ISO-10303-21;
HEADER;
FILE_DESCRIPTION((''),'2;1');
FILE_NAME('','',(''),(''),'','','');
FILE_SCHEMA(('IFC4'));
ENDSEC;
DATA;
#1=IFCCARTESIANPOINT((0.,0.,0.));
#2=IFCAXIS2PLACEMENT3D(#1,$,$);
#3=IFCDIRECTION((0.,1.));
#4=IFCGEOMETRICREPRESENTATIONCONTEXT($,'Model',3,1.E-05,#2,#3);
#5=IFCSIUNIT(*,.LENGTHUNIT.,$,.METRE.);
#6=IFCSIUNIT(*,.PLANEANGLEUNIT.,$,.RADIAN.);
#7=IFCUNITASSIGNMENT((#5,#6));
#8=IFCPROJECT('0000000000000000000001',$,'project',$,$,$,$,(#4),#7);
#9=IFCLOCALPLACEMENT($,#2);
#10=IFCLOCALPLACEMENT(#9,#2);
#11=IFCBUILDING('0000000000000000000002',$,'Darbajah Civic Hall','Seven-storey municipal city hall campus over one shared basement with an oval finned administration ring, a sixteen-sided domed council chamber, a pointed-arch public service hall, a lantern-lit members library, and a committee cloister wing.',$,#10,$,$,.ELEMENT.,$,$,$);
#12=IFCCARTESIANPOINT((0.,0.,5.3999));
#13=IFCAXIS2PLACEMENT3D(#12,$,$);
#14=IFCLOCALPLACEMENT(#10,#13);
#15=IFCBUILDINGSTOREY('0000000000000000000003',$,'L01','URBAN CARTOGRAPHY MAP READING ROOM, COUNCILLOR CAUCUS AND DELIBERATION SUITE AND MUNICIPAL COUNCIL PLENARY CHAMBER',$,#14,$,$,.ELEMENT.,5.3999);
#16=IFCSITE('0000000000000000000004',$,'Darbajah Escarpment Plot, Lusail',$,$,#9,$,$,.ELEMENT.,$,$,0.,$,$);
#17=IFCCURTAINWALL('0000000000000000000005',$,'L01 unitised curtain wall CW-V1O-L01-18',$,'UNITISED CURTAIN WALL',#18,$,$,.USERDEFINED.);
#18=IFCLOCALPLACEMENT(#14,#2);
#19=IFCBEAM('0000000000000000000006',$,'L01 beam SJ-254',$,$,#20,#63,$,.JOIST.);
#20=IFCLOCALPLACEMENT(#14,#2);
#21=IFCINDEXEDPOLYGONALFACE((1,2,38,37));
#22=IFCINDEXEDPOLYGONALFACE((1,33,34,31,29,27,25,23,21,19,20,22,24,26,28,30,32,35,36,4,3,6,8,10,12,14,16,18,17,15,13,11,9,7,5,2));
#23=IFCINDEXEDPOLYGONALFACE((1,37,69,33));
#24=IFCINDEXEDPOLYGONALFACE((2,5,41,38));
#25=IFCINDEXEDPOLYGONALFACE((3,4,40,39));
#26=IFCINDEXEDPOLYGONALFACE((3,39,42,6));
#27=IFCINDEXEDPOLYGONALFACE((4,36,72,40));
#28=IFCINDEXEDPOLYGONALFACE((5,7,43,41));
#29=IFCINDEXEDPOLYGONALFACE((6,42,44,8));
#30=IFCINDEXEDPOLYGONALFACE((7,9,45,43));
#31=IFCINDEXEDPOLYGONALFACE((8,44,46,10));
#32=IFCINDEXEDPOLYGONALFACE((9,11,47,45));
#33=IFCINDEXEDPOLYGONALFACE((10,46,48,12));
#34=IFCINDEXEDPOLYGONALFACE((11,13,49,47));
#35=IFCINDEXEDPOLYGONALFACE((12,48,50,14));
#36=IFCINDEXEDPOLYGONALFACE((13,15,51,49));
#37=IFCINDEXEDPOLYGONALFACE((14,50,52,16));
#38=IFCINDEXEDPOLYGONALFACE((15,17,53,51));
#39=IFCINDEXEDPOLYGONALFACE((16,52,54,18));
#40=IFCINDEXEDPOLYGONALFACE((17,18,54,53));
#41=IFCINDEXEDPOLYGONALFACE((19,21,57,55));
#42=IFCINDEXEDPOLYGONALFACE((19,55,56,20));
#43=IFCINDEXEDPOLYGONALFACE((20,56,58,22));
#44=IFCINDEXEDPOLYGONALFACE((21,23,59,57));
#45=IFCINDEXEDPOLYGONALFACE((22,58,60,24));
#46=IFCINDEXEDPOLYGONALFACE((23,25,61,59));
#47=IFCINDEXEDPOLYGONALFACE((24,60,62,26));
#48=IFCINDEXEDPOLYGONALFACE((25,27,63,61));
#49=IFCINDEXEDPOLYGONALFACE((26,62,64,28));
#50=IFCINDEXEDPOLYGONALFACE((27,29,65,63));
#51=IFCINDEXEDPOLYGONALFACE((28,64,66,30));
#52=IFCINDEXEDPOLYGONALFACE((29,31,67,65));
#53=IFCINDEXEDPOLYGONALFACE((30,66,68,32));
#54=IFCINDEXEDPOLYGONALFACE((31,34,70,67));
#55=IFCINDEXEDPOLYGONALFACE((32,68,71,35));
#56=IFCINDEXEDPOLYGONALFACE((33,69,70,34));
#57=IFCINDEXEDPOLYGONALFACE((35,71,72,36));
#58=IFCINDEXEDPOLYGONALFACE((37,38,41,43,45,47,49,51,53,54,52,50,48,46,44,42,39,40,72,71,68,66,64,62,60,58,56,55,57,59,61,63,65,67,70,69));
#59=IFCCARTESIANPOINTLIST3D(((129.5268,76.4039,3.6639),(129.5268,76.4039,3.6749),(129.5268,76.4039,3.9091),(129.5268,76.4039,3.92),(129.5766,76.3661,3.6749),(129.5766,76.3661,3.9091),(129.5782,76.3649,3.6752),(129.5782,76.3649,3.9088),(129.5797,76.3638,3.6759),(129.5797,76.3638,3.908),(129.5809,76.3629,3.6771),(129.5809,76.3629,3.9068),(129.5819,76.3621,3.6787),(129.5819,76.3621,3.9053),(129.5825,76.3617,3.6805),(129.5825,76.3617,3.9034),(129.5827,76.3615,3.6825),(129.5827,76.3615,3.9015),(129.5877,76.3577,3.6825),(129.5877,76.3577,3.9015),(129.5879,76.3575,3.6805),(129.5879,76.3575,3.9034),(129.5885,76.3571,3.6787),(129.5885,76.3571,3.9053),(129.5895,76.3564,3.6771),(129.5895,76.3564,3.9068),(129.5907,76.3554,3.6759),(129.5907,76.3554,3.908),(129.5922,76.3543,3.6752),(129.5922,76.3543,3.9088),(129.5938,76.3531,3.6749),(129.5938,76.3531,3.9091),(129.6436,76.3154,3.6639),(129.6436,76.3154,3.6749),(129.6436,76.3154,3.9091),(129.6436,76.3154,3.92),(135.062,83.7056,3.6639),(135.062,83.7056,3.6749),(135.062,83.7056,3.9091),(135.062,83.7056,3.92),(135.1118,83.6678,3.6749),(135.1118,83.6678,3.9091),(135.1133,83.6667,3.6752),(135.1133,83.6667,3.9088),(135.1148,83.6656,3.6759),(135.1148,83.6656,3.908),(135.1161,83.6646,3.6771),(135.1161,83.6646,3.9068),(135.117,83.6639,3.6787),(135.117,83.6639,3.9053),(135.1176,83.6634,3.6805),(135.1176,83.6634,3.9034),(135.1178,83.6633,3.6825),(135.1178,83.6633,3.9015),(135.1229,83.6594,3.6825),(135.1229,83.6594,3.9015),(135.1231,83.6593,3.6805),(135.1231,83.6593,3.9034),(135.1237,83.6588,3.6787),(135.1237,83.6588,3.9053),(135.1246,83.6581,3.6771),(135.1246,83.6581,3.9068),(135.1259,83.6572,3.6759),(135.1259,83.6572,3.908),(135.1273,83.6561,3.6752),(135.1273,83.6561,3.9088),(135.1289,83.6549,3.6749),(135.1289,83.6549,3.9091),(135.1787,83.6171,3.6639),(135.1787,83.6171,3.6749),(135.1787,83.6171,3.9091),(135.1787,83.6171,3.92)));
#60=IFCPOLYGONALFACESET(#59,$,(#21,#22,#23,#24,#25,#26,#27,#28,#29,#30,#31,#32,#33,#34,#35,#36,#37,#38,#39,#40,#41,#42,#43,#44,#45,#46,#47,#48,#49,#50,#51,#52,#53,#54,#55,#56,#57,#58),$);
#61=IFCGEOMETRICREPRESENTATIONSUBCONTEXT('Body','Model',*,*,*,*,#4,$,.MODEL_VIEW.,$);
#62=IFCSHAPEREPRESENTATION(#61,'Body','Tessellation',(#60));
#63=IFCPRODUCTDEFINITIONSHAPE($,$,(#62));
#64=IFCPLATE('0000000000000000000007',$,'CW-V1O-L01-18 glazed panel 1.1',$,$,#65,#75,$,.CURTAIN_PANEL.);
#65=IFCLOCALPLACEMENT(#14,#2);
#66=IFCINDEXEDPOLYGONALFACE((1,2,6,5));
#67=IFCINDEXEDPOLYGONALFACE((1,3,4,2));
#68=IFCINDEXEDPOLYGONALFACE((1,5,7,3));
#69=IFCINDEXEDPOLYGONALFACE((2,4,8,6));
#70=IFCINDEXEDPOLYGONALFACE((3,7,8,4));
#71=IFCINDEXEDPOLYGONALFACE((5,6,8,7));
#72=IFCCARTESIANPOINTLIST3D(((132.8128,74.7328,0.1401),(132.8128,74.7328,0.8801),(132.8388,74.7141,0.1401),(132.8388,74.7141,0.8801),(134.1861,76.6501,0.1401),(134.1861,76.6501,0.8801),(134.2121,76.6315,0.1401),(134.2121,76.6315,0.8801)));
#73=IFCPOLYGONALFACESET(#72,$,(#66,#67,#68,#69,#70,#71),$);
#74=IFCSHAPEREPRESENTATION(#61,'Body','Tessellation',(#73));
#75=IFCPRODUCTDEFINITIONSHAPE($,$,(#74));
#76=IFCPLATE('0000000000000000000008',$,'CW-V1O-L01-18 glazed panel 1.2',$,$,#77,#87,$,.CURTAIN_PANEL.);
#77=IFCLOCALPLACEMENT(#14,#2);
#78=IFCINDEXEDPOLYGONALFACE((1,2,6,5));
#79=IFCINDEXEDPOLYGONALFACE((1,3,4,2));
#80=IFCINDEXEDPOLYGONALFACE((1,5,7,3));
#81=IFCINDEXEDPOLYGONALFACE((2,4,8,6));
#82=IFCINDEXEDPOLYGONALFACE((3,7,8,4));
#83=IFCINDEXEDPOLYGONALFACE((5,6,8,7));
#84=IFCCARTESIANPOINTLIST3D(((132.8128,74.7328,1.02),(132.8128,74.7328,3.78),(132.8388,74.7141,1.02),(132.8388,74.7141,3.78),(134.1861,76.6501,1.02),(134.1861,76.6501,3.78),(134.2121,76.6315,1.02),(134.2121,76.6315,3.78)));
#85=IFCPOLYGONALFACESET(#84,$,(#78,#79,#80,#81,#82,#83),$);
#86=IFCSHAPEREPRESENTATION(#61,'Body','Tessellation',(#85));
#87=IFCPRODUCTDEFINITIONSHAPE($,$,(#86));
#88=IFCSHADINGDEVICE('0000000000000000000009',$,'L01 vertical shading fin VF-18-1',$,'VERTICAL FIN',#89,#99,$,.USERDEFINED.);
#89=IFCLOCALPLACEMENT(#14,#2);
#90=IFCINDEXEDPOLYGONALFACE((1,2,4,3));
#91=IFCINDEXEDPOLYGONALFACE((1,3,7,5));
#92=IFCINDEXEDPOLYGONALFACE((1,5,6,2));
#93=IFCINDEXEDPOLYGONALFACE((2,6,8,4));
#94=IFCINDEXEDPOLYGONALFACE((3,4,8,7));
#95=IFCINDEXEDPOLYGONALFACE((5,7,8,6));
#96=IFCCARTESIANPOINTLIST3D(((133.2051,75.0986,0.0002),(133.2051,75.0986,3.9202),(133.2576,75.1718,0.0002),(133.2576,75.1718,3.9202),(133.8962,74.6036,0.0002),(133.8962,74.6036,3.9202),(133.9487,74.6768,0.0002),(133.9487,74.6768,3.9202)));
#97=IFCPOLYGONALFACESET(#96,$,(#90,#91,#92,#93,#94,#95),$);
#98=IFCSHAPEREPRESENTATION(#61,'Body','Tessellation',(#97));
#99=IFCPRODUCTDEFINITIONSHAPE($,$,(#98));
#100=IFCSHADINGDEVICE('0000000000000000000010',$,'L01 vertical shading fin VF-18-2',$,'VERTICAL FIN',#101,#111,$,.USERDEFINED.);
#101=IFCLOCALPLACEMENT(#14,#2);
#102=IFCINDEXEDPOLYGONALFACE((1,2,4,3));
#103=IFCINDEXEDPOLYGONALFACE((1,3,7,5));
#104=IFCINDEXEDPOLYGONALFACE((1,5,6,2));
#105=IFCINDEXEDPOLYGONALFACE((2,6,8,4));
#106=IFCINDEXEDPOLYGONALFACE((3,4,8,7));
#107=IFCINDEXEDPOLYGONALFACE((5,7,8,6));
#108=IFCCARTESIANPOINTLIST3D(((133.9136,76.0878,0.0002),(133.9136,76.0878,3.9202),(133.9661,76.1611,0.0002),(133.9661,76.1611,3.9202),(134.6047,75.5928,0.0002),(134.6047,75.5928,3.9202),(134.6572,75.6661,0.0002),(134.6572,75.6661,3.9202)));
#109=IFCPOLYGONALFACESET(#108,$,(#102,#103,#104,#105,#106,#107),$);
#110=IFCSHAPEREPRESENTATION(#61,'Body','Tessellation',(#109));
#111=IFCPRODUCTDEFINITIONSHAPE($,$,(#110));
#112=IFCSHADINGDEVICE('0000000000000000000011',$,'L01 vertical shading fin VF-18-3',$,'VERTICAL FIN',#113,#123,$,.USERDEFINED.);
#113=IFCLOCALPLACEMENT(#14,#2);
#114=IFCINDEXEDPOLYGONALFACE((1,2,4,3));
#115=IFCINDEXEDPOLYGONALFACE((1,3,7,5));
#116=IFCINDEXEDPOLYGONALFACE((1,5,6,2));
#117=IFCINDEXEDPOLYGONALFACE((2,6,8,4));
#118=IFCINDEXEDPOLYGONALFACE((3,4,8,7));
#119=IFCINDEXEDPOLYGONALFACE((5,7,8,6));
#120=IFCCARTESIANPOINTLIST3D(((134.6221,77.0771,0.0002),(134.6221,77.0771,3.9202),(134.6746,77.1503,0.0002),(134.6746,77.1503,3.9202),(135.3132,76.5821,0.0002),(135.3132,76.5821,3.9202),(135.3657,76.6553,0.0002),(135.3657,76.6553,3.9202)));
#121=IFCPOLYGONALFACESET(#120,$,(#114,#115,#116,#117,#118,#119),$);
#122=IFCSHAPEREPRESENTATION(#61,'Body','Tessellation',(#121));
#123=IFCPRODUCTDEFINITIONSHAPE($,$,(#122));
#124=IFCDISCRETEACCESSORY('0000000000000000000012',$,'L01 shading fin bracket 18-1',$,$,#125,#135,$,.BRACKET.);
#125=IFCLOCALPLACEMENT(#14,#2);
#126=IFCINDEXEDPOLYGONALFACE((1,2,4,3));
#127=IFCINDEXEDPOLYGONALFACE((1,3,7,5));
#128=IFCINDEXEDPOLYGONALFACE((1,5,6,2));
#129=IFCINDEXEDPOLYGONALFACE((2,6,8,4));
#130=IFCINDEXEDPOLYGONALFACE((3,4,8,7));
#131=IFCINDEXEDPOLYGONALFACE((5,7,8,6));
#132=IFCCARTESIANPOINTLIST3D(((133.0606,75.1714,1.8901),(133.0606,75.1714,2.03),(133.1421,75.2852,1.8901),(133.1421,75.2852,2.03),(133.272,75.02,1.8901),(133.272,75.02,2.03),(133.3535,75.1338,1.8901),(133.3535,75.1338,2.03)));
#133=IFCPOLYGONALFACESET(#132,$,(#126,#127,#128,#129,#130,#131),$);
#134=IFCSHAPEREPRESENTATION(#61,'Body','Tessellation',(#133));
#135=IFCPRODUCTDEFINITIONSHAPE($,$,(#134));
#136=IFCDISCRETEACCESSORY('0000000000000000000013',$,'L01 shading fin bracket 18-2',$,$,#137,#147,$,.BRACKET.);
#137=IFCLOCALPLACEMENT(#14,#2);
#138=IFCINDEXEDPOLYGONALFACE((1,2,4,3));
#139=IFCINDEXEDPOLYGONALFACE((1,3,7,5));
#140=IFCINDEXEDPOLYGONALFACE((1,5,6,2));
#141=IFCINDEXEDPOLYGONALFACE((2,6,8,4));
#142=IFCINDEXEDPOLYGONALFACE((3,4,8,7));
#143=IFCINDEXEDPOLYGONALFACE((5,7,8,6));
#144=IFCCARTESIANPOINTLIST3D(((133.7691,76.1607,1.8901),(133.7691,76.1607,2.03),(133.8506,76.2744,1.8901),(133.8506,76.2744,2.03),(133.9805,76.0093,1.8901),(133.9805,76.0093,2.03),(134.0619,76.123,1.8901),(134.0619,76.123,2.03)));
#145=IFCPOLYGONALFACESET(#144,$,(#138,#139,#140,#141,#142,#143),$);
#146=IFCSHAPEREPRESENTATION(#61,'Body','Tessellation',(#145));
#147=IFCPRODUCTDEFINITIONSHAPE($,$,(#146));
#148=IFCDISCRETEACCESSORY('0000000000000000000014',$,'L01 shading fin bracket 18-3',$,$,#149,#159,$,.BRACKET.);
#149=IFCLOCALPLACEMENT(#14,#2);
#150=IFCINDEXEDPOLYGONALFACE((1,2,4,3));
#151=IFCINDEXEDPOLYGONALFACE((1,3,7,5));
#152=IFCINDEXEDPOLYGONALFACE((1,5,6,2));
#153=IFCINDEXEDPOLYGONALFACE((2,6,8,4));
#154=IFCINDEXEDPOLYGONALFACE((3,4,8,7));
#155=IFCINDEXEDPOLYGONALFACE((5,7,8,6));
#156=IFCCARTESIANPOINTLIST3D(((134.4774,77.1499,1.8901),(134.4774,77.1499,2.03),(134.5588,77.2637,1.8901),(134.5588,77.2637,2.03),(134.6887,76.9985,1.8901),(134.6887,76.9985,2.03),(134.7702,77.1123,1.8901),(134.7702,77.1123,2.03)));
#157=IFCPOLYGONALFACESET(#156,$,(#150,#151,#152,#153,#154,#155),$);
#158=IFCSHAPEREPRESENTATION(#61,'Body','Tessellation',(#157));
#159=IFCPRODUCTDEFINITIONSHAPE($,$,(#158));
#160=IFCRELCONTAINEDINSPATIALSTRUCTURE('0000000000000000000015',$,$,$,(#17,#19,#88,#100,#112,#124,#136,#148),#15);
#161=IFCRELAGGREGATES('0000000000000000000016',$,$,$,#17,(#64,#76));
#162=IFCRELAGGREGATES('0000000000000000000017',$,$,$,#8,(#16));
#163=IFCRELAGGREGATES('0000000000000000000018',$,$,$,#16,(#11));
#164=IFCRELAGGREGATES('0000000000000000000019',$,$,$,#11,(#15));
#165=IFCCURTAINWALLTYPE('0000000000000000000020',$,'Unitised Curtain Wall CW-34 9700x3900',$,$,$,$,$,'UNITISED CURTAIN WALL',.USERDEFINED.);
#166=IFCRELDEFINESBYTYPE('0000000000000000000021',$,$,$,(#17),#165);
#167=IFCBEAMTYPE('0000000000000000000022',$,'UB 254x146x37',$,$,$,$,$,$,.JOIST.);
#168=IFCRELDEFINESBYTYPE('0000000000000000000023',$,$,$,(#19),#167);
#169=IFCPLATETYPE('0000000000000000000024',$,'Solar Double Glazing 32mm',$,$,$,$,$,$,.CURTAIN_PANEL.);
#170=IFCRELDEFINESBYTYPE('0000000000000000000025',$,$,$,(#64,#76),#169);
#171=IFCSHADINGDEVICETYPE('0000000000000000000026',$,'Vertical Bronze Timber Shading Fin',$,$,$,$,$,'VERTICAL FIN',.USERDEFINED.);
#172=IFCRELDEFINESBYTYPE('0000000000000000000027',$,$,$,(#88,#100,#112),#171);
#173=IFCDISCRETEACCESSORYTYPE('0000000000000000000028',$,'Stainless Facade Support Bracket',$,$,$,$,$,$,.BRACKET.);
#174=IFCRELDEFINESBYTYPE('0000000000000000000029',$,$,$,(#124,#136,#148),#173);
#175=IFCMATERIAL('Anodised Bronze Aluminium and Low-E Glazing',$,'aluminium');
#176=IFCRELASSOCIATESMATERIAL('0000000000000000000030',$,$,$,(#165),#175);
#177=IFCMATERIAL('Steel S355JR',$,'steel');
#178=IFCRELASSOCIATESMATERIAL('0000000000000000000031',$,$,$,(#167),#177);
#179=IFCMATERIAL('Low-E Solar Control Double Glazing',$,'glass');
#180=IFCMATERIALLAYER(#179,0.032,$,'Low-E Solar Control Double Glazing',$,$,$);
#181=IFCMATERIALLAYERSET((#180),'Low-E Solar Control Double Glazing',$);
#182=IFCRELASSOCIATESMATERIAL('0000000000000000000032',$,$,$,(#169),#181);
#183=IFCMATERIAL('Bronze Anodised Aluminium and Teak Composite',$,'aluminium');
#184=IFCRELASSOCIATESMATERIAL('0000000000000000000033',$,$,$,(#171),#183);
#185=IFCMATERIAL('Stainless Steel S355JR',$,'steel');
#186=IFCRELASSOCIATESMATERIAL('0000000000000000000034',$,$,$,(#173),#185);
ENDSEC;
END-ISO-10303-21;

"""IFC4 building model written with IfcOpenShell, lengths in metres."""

from ifc_helpers import new_model, si_unit, direction, frame, origin, origin_2d, place, context, subcontext, project, spatial, rectangle, i_section, extrude, material, layer, layer_set, material_profile, profile_set, type_object, element, aggregate, save


model = new_model("IFC4")

# Units and contexts
model_context = context("Model", 3, precision=1e-05, world=origin(), true_north=direction((0.0, 1.0)))
body_context = subcontext(model_context, "Body", "Model", "MODEL_VIEW")
ifc_project = project(units=[si_unit("LENGTHUNIT", "METRE"), si_unit("PLANEANGLEUNIT", "RADIAN")], contexts=[model_context])

# Site, building, storey
site_placement = place(None, origin())
site = spatial("IfcSite", under=ifc_project, at=site_placement, Name="Darbajah Escarpment Plot, Lusail", CompositionType="ELEMENT", RefElevation=0.0)
building_placement = place(site_placement, origin())
building = spatial("IfcBuilding", under=site, at=building_placement, Name="Darbajah Civic Hall", Description="Seven-storey municipal city hall campus over one shared basement with an oval finned administration ring, a sixteen-sided domed council chamber, a pointed-arch public service hall, a lantern-lit members library, and a committee cloister wing.", CompositionType="ELEMENT")
storey_placement = place(building_placement, frame((0.0, 0.0, 5.3999)))
storey = spatial("IfcBuildingStorey", under=building, at=storey_placement, Name="L01", Description="URBAN CARTOGRAPHY MAP READING ROOM, COUNCILLOR CAUCUS AND DELIBERATION SUITE AND MUNICIPAL COUNCIL PLENARY CHAMBER", CompositionType="ELEMENT", Elevation=5.3999)

# Curtain wall
ifc_material_1 = material(Name="Anodised Bronze Aluminium and Low-E Glazing", Category="aluminium")
curtain_wall_type = type_object("IfcCurtainWallType", Name="Unitised Curtain Wall CW-34 9700x3900", ElementType="UNITISED CURTAIN WALL", PredefinedType="USERDEFINED", material=ifc_material_1)
curtain_wall_placement = place(storey_placement, origin())
curtain_wall = element("IfcCurtainWall", 1, at=curtain_wall_placement, inside=storey, type_object=curtain_wall_type, Name="L01 unitised curtain wall CW-V1O-L01-18", ObjectType="UNITISED CURTAIN WALL", PredefinedType="USERDEFINED")

# Beam
ifc_material_2 = material(Name="Steel S355JR", Category="steel")
ifc_material_profile_1 = material_profile(ifc_material_2, i_section(OverallWidth=0.1465, OverallDepth=0.2561, WebThickness=0.0063, FlangeThickness=0.011, FilletRadius=0.0076, at=origin_2d()), Name="UB 254x146x37")
ifc_profile_set_1 = profile_set([ifc_material_profile_1], Name="Steel S355JR")
beam_type_1 = type_object("IfcBeamType", Name="UB 254x146x37", PredefinedType="JOIST", material=ifc_profile_set_1)
beam_1_placement = place(storey_placement, frame((129.5852, 76.3596, 3.792), z_axis=(0.604102, 0.796907, 0.0), x_axis=(-0.796907, 0.604102, 0.0)))
element("IfcBeam", 2, at=beam_1_placement, inside=storey, type_object=beam_type_1, Name="L01 beam SJ-254", PredefinedType="JOIST", context=body_context, shape_type="SweptSolid", body=[
    extrude(i_section(OverallWidth=0.1465, OverallDepth=0.2561, WebThickness=0.0063, FlangeThickness=0.011, FilletRadius=0.0076, at=origin_2d()), origin(), (0.0, 0.0, 1.0), 9.1626),
])

# Plates
ifc_material_3 = material(Name="Low-E Solar Control Double Glazing", Category="glass")
ifc_layer = layer(ifc_material_3, 0.032, Name="Low-E Solar Control Double Glazing")
ifc_layer_set = layer_set([ifc_layer], Name="Low-E Solar Control Double Glazing")
plate_type = type_object("IfcPlateType", Name="Solar Double Glazing 32mm", PredefinedType="CURTAIN_PANEL", material=ifc_layer_set)
plate_1_placement = place(storey_placement, frame((133.5125, 75.6821, 0.1401), z_axis=(0.0, 0.0, 1.0), x_axis=(0.582265, 0.812999, 0.0)))
plate_1 = element("IfcPlate", 3, at=plate_1_placement, type_object=plate_type, Name="CW-V1O-L01-18 glazed panel 1.1", PredefinedType="CURTAIN_PANEL", context=body_context, shape_type="SweptSolid", body=[
    extrude(rectangle(XDim=2.3584, YDim=0.032, at=origin_2d()), origin(), (0.0, 0.0, 1.0), 0.74),
])
plate_2_placement = place(storey_placement, frame((133.5125, 75.6821, 1.02), z_axis=(0.0, 0.0, 1.0), x_axis=(0.582265, 0.812999, 0.0)))
plate_2 = element("IfcPlate", 4, at=plate_2_placement, type_object=plate_type, Name="CW-V1O-L01-18 glazed panel 1.2", PredefinedType="CURTAIN_PANEL", context=body_context, shape_type="SweptSolid", body=[
    extrude(rectangle(XDim=2.3584, YDim=0.032, at=origin_2d()), origin(), (0.0, 0.0, 1.0), 2.76),
])
aggregate(curtain_wall, [plate_1, plate_2])

# Shading devices
ifc_material_4 = material(Name="Bronze Anodised Aluminium and Teak Composite", Category="aluminium")
shading_device_type = type_object("IfcShadingDeviceType", Name="Vertical Bronze Timber Shading Fin", ElementType="VERTICAL FIN", PredefinedType="USERDEFINED", material=ifc_material_4)
for number, where, z_axis, x_axis, name in (
    (5, (133.5769, 74.8877, 0.0002), (0.0, 0.0, 1.0), (0.812999, -0.582265, 0.0), "L01 vertical shading fin VF-18-1"),
    (6, (134.2854, 75.877, 0.0002), (0.0, 0.0, 1.0), (0.812999, -0.582265, 0.0), "L01 vertical shading fin VF-18-2"),
    (7, (134.9939, 76.8662, 0.0002), (0.0, 0.0, 1.0), (0.812999, -0.582265, 0.0), "L01 vertical shading fin VF-18-3"),
):
    element("IfcShadingDevice", number, at=place(storey_placement, frame(where, z_axis=z_axis, x_axis=x_axis)), inside=storey, type_object=shading_device_type, Name=name, ObjectType="VERTICAL FIN", PredefinedType="USERDEFINED", context=body_context, shape_type="SweptSolid", body=[
        extrude(rectangle(XDim=0.8501, YDim=0.0901, at=origin_2d()), origin(), (0.0, 0.0, 1.0), 3.9199),
    ])

# Discrete accessories
ifc_material_5 = material(Name="Stainless Steel S355JR", Category="steel")
discrete_accessory_type = type_object("IfcDiscreteAccessoryType", Name="Stainless Facade Support Bracket", PredefinedType="BRACKET", material=ifc_material_5)
for number, where, z_axis, x_axis, name in (
    (8, (133.207, 75.1526, 1.8901), (0.0, 0.0, 1.0), (0.812999, -0.582265, 0.0), "L01 shading fin bracket 18-1"),
    (9, (133.9155, 76.1418, 1.8901), (0.0, 0.0, 1.0), (0.812999, -0.582265, 0.0), "L01 shading fin bracket 18-2"),
    (10, (134.6238, 77.1311, 1.8901), (0.0, 0.0, 1.0), (0.812999, -0.582265, 0.0), "L01 shading fin bracket 18-3"),
):
    element("IfcDiscreteAccessory", number, at=place(storey_placement, frame(where, z_axis=z_axis, x_axis=x_axis)), inside=storey, type_object=discrete_accessory_type, Name=name, PredefinedType="BRACKET", context=body_context, shape_type="SweptSolid", body=[
        extrude(rectangle(XDim=0.26, YDim=0.1399, at=origin_2d()), origin(), (0.0, 0.0, 1.0), 0.1399),
    ])

save(model, "model.ifc")
